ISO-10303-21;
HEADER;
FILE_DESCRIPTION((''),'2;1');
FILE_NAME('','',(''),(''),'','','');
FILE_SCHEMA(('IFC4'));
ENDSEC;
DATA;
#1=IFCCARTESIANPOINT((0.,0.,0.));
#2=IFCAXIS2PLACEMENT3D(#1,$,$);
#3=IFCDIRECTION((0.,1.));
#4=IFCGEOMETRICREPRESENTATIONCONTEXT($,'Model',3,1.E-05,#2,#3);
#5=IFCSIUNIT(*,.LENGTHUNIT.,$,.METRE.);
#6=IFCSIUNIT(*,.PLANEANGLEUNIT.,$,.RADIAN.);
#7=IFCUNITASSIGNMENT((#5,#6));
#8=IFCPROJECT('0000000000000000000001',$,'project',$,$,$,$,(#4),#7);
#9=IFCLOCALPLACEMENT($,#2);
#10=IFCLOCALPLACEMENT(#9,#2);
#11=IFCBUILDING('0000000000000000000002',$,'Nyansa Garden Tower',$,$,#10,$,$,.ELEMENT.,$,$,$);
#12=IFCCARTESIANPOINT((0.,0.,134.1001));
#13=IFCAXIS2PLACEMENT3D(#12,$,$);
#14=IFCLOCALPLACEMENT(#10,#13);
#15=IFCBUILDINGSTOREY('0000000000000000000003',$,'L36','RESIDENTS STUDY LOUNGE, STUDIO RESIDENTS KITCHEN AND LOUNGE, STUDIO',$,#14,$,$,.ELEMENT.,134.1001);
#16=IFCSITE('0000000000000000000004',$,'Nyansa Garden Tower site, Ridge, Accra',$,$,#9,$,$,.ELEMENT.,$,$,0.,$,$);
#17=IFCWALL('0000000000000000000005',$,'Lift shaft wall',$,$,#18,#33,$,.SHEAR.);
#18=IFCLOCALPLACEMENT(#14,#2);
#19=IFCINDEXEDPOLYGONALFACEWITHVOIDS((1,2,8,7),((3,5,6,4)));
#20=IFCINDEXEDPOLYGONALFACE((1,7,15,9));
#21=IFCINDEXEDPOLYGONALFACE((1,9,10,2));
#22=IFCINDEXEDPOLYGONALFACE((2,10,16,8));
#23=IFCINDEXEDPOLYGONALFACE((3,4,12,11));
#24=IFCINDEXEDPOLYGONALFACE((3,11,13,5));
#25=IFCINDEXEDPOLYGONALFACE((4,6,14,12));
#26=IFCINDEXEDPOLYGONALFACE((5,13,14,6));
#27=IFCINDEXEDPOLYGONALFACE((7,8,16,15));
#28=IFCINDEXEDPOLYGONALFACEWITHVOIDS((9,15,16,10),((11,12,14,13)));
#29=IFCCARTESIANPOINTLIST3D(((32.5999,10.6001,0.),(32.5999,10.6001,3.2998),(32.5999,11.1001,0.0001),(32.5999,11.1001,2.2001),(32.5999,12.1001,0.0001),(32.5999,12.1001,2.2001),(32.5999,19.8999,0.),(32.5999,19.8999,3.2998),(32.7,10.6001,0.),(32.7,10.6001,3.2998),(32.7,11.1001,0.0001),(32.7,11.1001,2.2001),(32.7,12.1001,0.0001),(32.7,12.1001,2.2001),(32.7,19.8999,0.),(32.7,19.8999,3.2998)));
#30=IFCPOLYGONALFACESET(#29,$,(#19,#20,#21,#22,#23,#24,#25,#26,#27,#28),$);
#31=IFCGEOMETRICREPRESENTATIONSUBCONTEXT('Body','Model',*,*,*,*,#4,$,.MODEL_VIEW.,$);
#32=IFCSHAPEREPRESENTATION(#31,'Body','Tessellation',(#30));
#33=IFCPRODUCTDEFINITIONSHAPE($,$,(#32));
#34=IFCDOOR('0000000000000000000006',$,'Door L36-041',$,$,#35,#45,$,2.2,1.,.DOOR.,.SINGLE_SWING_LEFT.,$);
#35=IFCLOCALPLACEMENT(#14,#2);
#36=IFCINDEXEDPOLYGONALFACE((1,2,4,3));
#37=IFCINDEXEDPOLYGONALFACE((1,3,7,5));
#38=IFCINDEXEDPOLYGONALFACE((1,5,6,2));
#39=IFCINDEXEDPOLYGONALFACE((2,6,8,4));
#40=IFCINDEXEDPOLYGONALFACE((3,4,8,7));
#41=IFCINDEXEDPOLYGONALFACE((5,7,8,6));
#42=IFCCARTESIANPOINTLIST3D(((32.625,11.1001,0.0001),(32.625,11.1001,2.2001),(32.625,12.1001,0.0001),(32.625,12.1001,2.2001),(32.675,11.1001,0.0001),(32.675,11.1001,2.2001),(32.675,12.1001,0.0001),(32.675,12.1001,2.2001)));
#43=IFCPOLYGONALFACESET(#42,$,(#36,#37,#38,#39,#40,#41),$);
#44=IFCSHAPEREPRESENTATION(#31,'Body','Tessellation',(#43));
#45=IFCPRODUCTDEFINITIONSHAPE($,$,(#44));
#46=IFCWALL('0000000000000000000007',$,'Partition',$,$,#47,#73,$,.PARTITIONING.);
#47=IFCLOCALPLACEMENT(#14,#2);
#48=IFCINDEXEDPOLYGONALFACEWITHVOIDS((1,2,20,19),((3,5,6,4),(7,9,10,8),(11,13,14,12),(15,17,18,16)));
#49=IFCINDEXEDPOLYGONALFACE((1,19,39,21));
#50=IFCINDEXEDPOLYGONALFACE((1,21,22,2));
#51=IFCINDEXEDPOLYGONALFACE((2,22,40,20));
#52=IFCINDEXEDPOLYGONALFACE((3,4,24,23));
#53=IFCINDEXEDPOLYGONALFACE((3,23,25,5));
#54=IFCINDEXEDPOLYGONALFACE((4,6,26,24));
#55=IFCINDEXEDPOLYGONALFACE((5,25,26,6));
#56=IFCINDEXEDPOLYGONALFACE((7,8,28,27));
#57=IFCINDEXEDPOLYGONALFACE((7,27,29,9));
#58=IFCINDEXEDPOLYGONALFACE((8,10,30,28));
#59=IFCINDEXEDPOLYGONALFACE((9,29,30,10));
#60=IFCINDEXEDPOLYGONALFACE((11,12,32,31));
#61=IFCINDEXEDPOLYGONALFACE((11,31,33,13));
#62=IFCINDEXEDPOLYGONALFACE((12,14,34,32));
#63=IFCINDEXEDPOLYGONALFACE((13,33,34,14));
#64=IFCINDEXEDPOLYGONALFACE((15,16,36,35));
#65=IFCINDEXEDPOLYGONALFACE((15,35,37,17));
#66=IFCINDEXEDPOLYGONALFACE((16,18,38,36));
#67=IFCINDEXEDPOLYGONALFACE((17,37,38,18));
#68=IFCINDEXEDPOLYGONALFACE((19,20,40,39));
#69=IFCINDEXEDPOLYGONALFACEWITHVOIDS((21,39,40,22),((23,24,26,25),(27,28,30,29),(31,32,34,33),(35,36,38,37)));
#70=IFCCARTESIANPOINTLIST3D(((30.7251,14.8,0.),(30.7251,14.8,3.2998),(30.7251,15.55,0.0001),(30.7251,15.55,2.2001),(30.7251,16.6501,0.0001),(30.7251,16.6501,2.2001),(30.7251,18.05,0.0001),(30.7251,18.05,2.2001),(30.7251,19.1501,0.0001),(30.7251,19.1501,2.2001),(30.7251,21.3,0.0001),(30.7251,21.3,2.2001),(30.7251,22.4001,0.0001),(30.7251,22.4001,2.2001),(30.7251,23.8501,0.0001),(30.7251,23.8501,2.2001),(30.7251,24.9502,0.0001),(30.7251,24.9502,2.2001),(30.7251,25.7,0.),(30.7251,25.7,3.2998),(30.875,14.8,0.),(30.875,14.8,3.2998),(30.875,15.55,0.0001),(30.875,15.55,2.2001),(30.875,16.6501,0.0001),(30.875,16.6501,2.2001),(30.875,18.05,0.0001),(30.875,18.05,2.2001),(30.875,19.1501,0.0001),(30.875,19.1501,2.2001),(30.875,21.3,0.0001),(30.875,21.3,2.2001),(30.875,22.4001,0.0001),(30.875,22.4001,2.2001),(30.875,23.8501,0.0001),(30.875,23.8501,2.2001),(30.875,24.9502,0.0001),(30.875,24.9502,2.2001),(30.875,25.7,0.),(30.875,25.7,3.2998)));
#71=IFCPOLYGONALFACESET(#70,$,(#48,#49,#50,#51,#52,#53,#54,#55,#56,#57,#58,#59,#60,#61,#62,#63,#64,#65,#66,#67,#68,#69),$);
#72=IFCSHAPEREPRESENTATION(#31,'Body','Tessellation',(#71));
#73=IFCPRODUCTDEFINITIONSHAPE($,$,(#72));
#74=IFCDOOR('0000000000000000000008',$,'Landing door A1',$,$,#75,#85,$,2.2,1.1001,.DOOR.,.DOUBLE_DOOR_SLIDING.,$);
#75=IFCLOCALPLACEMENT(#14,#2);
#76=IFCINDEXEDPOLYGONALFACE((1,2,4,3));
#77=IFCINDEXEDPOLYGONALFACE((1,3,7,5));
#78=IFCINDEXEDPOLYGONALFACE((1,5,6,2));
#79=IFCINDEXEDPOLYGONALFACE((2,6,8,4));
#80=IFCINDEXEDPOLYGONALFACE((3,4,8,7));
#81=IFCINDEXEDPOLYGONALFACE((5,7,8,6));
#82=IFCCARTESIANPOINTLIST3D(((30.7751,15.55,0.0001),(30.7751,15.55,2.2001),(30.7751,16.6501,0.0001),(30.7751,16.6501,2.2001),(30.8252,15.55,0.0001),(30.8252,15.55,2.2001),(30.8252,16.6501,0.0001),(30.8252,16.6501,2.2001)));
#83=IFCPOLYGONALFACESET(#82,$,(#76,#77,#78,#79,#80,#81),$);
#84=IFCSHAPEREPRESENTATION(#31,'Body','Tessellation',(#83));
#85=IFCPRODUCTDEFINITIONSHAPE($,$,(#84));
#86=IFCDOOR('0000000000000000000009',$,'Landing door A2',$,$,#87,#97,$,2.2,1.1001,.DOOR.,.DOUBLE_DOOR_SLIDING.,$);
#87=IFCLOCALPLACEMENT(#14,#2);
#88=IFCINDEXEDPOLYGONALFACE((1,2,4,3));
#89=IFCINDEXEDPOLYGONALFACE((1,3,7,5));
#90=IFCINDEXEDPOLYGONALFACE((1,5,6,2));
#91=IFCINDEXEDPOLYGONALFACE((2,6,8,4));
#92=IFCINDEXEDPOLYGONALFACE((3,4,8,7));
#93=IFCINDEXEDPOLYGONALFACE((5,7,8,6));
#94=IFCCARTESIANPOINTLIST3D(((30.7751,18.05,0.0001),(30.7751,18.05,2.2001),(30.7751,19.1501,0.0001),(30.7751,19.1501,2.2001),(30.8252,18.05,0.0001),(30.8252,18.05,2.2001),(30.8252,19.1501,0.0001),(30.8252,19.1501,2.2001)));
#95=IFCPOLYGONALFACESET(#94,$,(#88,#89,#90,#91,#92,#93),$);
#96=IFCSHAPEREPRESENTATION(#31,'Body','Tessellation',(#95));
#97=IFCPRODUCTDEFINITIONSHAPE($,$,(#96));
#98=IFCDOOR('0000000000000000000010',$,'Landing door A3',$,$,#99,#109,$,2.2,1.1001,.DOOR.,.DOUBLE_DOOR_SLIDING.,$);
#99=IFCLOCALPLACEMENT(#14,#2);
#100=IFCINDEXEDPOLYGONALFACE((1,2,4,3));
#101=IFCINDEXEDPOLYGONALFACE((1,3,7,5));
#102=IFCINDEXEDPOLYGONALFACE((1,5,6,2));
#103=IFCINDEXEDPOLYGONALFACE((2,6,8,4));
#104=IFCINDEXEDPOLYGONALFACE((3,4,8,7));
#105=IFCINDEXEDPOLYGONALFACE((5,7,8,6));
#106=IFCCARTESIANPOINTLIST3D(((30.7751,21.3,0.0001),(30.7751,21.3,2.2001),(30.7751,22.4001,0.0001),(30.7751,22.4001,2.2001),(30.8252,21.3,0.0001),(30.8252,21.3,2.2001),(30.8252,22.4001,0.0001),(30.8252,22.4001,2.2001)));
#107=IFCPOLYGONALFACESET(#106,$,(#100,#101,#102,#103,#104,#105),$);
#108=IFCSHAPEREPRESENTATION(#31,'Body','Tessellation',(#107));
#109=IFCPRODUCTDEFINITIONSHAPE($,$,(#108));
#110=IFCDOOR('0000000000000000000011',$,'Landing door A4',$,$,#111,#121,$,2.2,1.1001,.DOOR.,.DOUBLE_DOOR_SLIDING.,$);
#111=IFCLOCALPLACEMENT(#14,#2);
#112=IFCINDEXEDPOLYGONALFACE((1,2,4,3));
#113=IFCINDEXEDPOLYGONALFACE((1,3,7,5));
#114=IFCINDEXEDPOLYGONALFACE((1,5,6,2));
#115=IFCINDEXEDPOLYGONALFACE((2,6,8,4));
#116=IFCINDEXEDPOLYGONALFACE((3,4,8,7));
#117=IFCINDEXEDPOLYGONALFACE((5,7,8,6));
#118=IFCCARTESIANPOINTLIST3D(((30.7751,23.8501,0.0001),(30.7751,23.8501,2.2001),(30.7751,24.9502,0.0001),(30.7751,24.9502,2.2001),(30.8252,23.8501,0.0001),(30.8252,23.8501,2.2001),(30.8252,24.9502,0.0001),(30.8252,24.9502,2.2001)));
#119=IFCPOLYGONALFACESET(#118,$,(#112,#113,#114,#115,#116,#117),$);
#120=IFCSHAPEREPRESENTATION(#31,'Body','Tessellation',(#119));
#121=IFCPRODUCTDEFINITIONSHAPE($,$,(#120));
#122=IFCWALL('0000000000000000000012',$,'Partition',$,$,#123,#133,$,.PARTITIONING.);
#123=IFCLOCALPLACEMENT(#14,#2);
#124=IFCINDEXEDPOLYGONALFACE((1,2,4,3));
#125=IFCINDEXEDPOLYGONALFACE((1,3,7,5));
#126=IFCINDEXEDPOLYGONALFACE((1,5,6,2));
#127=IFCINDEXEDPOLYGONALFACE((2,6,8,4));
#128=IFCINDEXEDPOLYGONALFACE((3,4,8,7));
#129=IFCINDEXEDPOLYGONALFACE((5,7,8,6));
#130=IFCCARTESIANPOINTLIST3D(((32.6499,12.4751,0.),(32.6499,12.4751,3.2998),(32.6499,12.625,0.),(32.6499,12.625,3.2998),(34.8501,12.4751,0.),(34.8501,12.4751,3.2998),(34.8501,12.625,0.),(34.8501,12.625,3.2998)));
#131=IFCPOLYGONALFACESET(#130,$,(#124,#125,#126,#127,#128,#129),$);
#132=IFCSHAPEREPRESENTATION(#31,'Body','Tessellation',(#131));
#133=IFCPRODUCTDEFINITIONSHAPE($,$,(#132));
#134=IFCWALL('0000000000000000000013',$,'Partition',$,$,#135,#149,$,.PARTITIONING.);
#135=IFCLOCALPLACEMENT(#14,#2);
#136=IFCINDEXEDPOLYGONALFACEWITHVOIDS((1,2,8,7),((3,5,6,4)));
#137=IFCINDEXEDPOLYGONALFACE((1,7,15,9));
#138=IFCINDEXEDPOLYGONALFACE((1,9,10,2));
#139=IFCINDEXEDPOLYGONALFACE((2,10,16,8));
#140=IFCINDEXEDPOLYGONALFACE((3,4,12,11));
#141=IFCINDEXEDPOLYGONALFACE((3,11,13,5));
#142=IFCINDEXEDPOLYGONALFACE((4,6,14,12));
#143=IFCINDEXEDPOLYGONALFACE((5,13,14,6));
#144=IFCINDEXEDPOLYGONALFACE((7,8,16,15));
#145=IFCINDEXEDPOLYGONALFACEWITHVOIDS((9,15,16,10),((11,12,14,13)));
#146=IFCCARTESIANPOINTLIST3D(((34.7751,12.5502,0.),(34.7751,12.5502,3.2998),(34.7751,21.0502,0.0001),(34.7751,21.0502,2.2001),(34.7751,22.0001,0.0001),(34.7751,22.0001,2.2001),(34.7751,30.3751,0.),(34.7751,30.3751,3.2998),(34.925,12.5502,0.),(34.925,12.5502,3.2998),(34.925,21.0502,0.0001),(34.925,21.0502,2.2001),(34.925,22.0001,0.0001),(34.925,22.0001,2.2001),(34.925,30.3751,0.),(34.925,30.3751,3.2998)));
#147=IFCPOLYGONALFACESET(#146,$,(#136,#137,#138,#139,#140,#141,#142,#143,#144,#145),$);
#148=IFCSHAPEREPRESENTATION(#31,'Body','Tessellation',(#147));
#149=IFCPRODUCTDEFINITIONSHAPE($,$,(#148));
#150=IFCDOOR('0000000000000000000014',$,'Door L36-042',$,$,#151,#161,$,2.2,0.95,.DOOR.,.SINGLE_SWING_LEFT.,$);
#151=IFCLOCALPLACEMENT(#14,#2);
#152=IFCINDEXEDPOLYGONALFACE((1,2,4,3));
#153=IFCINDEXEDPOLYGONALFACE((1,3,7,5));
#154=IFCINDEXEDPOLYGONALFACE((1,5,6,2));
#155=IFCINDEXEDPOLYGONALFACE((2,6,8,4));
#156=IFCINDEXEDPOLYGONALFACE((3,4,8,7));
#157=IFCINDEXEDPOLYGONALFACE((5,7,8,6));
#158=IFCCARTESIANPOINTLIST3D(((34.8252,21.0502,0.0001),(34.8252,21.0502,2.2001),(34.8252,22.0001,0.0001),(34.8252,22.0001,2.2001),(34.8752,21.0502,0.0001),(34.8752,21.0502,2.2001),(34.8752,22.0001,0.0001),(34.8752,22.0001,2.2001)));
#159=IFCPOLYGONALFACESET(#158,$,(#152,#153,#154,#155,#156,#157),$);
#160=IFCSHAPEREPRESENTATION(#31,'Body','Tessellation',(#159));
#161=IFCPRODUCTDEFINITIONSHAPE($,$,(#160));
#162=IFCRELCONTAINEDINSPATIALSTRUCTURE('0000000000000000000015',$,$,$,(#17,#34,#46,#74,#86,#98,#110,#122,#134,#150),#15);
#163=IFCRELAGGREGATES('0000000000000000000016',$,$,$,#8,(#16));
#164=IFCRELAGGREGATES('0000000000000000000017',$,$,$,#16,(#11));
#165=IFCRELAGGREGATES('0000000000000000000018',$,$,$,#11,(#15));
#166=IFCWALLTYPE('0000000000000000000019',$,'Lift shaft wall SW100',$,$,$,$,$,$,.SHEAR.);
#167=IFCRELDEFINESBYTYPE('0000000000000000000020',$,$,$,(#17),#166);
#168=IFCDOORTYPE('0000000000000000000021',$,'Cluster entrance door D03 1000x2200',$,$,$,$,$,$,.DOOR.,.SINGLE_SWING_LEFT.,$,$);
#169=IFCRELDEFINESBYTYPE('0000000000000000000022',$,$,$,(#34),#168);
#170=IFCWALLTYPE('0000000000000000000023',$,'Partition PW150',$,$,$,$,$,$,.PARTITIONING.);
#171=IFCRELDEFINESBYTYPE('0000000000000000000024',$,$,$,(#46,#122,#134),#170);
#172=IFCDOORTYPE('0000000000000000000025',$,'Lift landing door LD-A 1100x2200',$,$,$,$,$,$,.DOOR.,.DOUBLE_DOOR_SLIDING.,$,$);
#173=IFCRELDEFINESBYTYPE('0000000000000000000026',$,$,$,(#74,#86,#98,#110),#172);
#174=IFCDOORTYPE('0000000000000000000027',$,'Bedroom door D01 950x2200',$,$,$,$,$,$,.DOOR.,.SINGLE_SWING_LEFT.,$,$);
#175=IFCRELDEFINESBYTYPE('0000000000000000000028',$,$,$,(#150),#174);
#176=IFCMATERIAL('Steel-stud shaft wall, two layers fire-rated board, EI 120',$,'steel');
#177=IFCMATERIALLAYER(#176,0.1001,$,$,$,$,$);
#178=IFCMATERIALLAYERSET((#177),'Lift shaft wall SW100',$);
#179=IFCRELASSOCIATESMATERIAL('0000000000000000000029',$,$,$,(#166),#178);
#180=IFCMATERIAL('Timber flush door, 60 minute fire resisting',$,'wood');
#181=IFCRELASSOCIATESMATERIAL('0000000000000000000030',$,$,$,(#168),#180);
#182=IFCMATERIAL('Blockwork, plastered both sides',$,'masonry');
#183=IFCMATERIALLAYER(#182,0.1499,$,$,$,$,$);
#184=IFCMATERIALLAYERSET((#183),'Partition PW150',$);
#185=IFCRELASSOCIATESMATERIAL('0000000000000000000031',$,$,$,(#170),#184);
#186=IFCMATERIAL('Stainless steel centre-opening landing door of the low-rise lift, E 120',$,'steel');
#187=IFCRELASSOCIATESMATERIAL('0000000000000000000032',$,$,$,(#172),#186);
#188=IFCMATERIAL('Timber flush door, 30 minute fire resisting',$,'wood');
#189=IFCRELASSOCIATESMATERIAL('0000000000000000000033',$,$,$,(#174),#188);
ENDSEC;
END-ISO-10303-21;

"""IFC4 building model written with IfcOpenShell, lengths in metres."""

from ifc_helpers import new_model, si_unit, direction, frame, frame_2d, origin, place, context, subcontext, project, spatial, rectangle, extrude, material, layer, layer_set, type_object, element, fill, save


model = new_model("IFC4")

# Units and contexts
model_context = context("Model", 3, precision=1e-05, world=origin(), true_north=direction((0.0, 1.0)))
body_context = subcontext(model_context, "Body", "Model", "MODEL_VIEW")
ifc_project = project(units=[si_unit("LENGTHUNIT", "METRE"), si_unit("PLANEANGLEUNIT", "RADIAN")], contexts=[model_context])

# Site, building, storey
site_placement = place(None, origin())
site = spatial("IfcSite", under=ifc_project, at=site_placement, Name="Nyansa Garden Tower site, Ridge, Accra", CompositionType="ELEMENT", RefElevation=0.0)
building_placement = place(site_placement, origin())
building = spatial("IfcBuilding", under=site, at=building_placement, Name="Nyansa Garden Tower", CompositionType="ELEMENT")
storey_placement = place(building_placement, frame((0.0, 0.0, 134.1001)))
storey = spatial("IfcBuildingStorey", under=building, at=storey_placement, Name="L36", Description="RESIDENTS STUDY LOUNGE, STUDIO RESIDENTS KITCHEN AND LOUNGE, STUDIO", CompositionType="ELEMENT", Elevation=134.1001)

# Shared definitions
ifc_material_1 = material(Name="Steel-stud shaft wall, two layers fire-rated board, EI 120", Category="steel")
ifc_layer_1 = layer(ifc_material_1, 0.1001)
ifc_layer_set_1 = layer_set([ifc_layer_1], Name="Lift shaft wall SW100")
wall_type_1 = type_object("IfcWallType", Name="Lift shaft wall SW100", PredefinedType="SHEAR", material=ifc_layer_set_1)

# Wall, opening, door
wall_1_placement = place(storey_placement, frame((32.6499, 10.6001, 0.0), z_axis=(0.0, 0.0, 1.0), x_axis=(0.0, 1.0, 0.0)))
wall_1 = element("IfcWall", 1, at=wall_1_placement, inside=storey, type_object=wall_type_1, Name="Lift shaft wall", PredefinedType="SHEAR", context=body_context, shape_type="SweptSolid", body=[
    extrude(rectangle(XDim=9.2998, YDim=0.1001, at=frame_2d((4.6499, 0.0))), origin(), (0.0, 0.0, 1.0), 3.2998),
])
opening_1_placement = place(wall_1_placement, frame((0.5, 0.0, 0.0)))
opening_1 = element("IfcOpeningElement", 2, at=opening_1_placement, cuts=wall_1, PredefinedType="OPENING", context=body_context, shape_type="SweptSolid", body=[
    extrude(rectangle(XDim=1.0, YDim=2.2, at=frame_2d((0.5, 1.1001))), frame((0.0, 0.0601, 0.0), z_axis=(0.0, -1.0, 0.0), x_axis=(1.0, 0.0, 0.0)), (0.0, 0.0, 1.0), 0.1201),
])
ifc_material_2 = material(Name="Timber flush door, 60 minute fire resisting", Category="wood")
door_type_1 = type_object("IfcDoorType", Name="Cluster entrance door D03 1000x2200", OperationType="SINGLE_SWING_LEFT", PredefinedType="DOOR", material=ifc_material_2)
door_1_placement = place(opening_1_placement, origin())
door_1 = element("IfcDoor", 3, at=door_1_placement, inside=storey, type_object=door_type_1, Name="Door L36-041", OperationType="SINGLE_SWING_LEFT", OverallHeight=2.2, OverallWidth=1.0, PredefinedType="DOOR", context=body_context, shape_type="SweptSolid", body=[
    extrude(rectangle(XDim=1.0, YDim=2.2, at=frame_2d((0.5, 1.1001))), frame((0.0, 0.0249, 0.0), z_axis=(0.0, -1.0, 0.0), x_axis=(1.0, 0.0, 0.0)), (0.0, 0.0, 1.0), 0.05),
])
fill(opening_1, door_1)

# Wall, openings, doors
ifc_material_3 = material(Name="Blockwork, plastered both sides", Category="masonry")
ifc_layer_2 = layer(ifc_material_3, 0.1499)
ifc_layer_set_2 = layer_set([ifc_layer_2], Name="Partition PW150")
wall_type_2 = type_object("IfcWallType", Name="Partition PW150", PredefinedType="PARTITIONING", material=ifc_layer_set_2)
wall_2_placement = place(storey_placement, frame((30.8, 14.8, 0.0), z_axis=(0.0, 0.0, 1.0), x_axis=(0.0, 1.0, 0.0)))
wall_2 = element("IfcWall", 4, at=wall_2_placement, inside=storey, type_object=wall_type_2, Name="Partition", PredefinedType="PARTITIONING", context=body_context, shape_type="SweptSolid", body=[
    extrude(rectangle(XDim=10.8999, YDim=0.1499, at=frame_2d((5.45, 0.0))), origin(), (0.0, 0.0, 1.0), 3.2998),
])
opening_2_placement = place(wall_2_placement, frame((0.75, 0.0, 0.0)))
opening_2 = element("IfcOpeningElement", 5, at=opening_2_placement, cuts=wall_2, PredefinedType="OPENING", context=body_context, shape_type="SweptSolid", body=[
    extrude(rectangle(XDim=1.1001, YDim=2.2, at=frame_2d((0.55, 1.1001))), frame((0.0, 0.085, 0.0), z_axis=(0.0, -1.0, 0.0), x_axis=(1.0, 0.0, 0.0)), (0.0, 0.0, 1.0), 0.1699),
])
opening_3_placement = place(wall_2_placement, frame((3.25, 0.0, 0.0)))
opening_3 = element("IfcOpeningElement", 6, at=opening_3_placement, cuts=wall_2, PredefinedType="OPENING", context=body_context, shape_type="SweptSolid", body=[
    extrude(rectangle(XDim=1.1001, YDim=2.2, at=frame_2d((0.55, 1.1001))), frame((0.0, 0.085, 0.0), z_axis=(0.0, -1.0, 0.0), x_axis=(1.0, 0.0, 0.0)), (0.0, 0.0, 1.0), 0.1699),
])
opening_4_placement = place(wall_2_placement, frame((6.5, 0.0, 0.0)))
opening_4 = element("IfcOpeningElement", 7, at=opening_4_placement, cuts=wall_2, PredefinedType="OPENING", context=body_context, shape_type="SweptSolid", body=[
    extrude(rectangle(XDim=1.1001, YDim=2.2, at=frame_2d((0.55, 1.1001))), frame((0.0, 0.085, 0.0), z_axis=(0.0, -1.0, 0.0), x_axis=(1.0, 0.0, 0.0)), (0.0, 0.0, 1.0), 0.1699),
])
opening_5_placement = place(wall_2_placement, frame((9.05, 0.0, 0.0)))
opening_5 = element("IfcOpeningElement", 8, at=opening_5_placement, cuts=wall_2, PredefinedType="OPENING", context=body_context, shape_type="SweptSolid", body=[
    extrude(rectangle(XDim=1.1001, YDim=2.2, at=frame_2d((0.55, 1.1001))), frame((0.0, 0.085, 0.0), z_axis=(0.0, -1.0, 0.0), x_axis=(1.0, 0.0, 0.0)), (0.0, 0.0, 1.0), 0.1699),
])
ifc_material_4 = material(Name="Stainless steel centre-opening landing door of the low-rise lift, E 120", Category="steel")
door_type_2 = type_object("IfcDoorType", Name="Lift landing door LD-A 1100x2200", OperationType="DOUBLE_DOOR_SLIDING", PredefinedType="DOOR", material=ifc_material_4)
door_2_placement = place(opening_2_placement, origin())
door_2 = element("IfcDoor", 9, at=door_2_placement, inside=storey, type_object=door_type_2, Name="Landing door A1", OperationType="DOUBLE_DOOR_SLIDING", OverallHeight=2.2, OverallWidth=1.1001, PredefinedType="DOOR", context=body_context, shape_type="SweptSolid", body=[
    extrude(rectangle(XDim=1.1001, YDim=2.2, at=frame_2d((0.55, 1.1001))), frame((0.0, 0.0249, 0.0), z_axis=(0.0, -1.0, 0.0), x_axis=(1.0, 0.0, 0.0)), (0.0, 0.0, 1.0), 0.05),
])
fill(opening_2, door_2)
door_3_placement = place(opening_3_placement, origin())
door_3 = element("IfcDoor", 10, at=door_3_placement, inside=storey, type_object=door_type_2, Name="Landing door A2", OperationType="DOUBLE_DOOR_SLIDING", OverallHeight=2.2, OverallWidth=1.1001, PredefinedType="DOOR", context=body_context, shape_type="SweptSolid", body=[
    extrude(rectangle(XDim=1.1001, YDim=2.2, at=frame_2d((0.55, 1.1001))), frame((0.0, 0.0249, 0.0), z_axis=(0.0, -1.0, 0.0), x_axis=(1.0, 0.0, 0.0)), (0.0, 0.0, 1.0), 0.05),
])
fill(opening_3, door_3)
door_4_placement = place(opening_4_placement, origin())
door_4 = element("IfcDoor", 11, at=door_4_placement, inside=storey, type_object=door_type_2, Name="Landing door A3", OperationType="DOUBLE_DOOR_SLIDING", OverallHeight=2.2, OverallWidth=1.1001, PredefinedType="DOOR", context=body_context, shape_type="SweptSolid", body=[
    extrude(rectangle(XDim=1.1001, YDim=2.2, at=frame_2d((0.55, 1.1001))), frame((0.0, 0.0249, 0.0), z_axis=(0.0, -1.0, 0.0), x_axis=(1.0, 0.0, 0.0)), (0.0, 0.0, 1.0), 0.05),
])
fill(opening_4, door_4)
door_5_placement = place(opening_5_placement, origin())
door_5 = element("IfcDoor", 12, at=door_5_placement, inside=storey, type_object=door_type_2, Name="Landing door A4", OperationType="DOUBLE_DOOR_SLIDING", OverallHeight=2.2, OverallWidth=1.1001, PredefinedType="DOOR", context=body_context, shape_type="SweptSolid", body=[
    extrude(rectangle(XDim=1.1001, YDim=2.2, at=frame_2d((0.55, 1.1001))), frame((0.0, 0.0249, 0.0), z_axis=(0.0, -1.0, 0.0), x_axis=(1.0, 0.0, 0.0)), (0.0, 0.0, 1.0), 0.05),
])
fill(opening_5, door_5)

# Wall
wall_3_placement = place(storey_placement, frame((32.6499, 12.55, 0.0), z_axis=(0.0, 0.0, 1.0), x_axis=(1.0, 0.0, 0.0)))
element("IfcWall", 13, at=wall_3_placement, inside=storey, type_object=wall_type_2, Name="Partition", PredefinedType="PARTITIONING", context=body_context, shape_type="SweptSolid", body=[
    extrude(rectangle(XDim=2.2002, YDim=0.1499, at=frame_2d((1.1001, 0.0))), origin(), (0.0, 0.0, 1.0), 3.2998),
])

# Wall, opening, door
wall_4_placement = place(storey_placement, frame((34.8501, 12.55, 0.0), z_axis=(0.0, 0.0, 1.0), x_axis=(0.0, 1.0, 0.0)))
wall_4 = element("IfcWall", 14, at=wall_4_placement, inside=storey, type_object=wall_type_2, Name="Partition", PredefinedType="PARTITIONING", context=body_context, shape_type="SweptSolid", body=[
    extrude(rectangle(XDim=17.825, YDim=0.1499, at=frame_2d((8.9126, 0.0))), origin(), (0.0, 0.0, 1.0), 3.2998),
])
opening_6_placement = place(wall_4_placement, frame((8.5, 0.0, 0.0)))
opening_6 = element("IfcOpeningElement", 15, at=opening_6_placement, cuts=wall_4, PredefinedType="OPENING", context=body_context, shape_type="SweptSolid", body=[
    extrude(rectangle(XDim=0.95, YDim=2.2, at=frame_2d((0.4751, 1.1001))), frame((0.0, 0.085, 0.0), z_axis=(0.0, -1.0, 0.0), x_axis=(1.0, 0.0, 0.0)), (0.0, 0.0, 1.0), 0.1699),
])
ifc_material_5 = material(Name="Timber flush door, 30 minute fire resisting", Category="wood")
door_type_3 = type_object("IfcDoorType", Name="Bedroom door D01 950x2200", OperationType="SINGLE_SWING_LEFT", PredefinedType="DOOR", material=ifc_material_5)
door_6_placement = place(opening_6_placement, origin())
door_6 = element("IfcDoor", 16, at=door_6_placement, inside=storey, type_object=door_type_3, Name="Door L36-042", OperationType="SINGLE_SWING_LEFT", OverallHeight=2.2, OverallWidth=0.95, PredefinedType="DOOR", context=body_context, shape_type="SweptSolid", body=[
    extrude(rectangle(XDim=0.95, YDim=2.2, at=frame_2d((0.4751, 1.1001))), frame((0.0, 0.0249, 0.0), z_axis=(0.0, -1.0, 0.0), x_axis=(1.0, 0.0, 0.0)), (0.0, 0.0, 1.0), 0.05),
])
fill(opening_6, door_6)

save(model, "model.ifc")
